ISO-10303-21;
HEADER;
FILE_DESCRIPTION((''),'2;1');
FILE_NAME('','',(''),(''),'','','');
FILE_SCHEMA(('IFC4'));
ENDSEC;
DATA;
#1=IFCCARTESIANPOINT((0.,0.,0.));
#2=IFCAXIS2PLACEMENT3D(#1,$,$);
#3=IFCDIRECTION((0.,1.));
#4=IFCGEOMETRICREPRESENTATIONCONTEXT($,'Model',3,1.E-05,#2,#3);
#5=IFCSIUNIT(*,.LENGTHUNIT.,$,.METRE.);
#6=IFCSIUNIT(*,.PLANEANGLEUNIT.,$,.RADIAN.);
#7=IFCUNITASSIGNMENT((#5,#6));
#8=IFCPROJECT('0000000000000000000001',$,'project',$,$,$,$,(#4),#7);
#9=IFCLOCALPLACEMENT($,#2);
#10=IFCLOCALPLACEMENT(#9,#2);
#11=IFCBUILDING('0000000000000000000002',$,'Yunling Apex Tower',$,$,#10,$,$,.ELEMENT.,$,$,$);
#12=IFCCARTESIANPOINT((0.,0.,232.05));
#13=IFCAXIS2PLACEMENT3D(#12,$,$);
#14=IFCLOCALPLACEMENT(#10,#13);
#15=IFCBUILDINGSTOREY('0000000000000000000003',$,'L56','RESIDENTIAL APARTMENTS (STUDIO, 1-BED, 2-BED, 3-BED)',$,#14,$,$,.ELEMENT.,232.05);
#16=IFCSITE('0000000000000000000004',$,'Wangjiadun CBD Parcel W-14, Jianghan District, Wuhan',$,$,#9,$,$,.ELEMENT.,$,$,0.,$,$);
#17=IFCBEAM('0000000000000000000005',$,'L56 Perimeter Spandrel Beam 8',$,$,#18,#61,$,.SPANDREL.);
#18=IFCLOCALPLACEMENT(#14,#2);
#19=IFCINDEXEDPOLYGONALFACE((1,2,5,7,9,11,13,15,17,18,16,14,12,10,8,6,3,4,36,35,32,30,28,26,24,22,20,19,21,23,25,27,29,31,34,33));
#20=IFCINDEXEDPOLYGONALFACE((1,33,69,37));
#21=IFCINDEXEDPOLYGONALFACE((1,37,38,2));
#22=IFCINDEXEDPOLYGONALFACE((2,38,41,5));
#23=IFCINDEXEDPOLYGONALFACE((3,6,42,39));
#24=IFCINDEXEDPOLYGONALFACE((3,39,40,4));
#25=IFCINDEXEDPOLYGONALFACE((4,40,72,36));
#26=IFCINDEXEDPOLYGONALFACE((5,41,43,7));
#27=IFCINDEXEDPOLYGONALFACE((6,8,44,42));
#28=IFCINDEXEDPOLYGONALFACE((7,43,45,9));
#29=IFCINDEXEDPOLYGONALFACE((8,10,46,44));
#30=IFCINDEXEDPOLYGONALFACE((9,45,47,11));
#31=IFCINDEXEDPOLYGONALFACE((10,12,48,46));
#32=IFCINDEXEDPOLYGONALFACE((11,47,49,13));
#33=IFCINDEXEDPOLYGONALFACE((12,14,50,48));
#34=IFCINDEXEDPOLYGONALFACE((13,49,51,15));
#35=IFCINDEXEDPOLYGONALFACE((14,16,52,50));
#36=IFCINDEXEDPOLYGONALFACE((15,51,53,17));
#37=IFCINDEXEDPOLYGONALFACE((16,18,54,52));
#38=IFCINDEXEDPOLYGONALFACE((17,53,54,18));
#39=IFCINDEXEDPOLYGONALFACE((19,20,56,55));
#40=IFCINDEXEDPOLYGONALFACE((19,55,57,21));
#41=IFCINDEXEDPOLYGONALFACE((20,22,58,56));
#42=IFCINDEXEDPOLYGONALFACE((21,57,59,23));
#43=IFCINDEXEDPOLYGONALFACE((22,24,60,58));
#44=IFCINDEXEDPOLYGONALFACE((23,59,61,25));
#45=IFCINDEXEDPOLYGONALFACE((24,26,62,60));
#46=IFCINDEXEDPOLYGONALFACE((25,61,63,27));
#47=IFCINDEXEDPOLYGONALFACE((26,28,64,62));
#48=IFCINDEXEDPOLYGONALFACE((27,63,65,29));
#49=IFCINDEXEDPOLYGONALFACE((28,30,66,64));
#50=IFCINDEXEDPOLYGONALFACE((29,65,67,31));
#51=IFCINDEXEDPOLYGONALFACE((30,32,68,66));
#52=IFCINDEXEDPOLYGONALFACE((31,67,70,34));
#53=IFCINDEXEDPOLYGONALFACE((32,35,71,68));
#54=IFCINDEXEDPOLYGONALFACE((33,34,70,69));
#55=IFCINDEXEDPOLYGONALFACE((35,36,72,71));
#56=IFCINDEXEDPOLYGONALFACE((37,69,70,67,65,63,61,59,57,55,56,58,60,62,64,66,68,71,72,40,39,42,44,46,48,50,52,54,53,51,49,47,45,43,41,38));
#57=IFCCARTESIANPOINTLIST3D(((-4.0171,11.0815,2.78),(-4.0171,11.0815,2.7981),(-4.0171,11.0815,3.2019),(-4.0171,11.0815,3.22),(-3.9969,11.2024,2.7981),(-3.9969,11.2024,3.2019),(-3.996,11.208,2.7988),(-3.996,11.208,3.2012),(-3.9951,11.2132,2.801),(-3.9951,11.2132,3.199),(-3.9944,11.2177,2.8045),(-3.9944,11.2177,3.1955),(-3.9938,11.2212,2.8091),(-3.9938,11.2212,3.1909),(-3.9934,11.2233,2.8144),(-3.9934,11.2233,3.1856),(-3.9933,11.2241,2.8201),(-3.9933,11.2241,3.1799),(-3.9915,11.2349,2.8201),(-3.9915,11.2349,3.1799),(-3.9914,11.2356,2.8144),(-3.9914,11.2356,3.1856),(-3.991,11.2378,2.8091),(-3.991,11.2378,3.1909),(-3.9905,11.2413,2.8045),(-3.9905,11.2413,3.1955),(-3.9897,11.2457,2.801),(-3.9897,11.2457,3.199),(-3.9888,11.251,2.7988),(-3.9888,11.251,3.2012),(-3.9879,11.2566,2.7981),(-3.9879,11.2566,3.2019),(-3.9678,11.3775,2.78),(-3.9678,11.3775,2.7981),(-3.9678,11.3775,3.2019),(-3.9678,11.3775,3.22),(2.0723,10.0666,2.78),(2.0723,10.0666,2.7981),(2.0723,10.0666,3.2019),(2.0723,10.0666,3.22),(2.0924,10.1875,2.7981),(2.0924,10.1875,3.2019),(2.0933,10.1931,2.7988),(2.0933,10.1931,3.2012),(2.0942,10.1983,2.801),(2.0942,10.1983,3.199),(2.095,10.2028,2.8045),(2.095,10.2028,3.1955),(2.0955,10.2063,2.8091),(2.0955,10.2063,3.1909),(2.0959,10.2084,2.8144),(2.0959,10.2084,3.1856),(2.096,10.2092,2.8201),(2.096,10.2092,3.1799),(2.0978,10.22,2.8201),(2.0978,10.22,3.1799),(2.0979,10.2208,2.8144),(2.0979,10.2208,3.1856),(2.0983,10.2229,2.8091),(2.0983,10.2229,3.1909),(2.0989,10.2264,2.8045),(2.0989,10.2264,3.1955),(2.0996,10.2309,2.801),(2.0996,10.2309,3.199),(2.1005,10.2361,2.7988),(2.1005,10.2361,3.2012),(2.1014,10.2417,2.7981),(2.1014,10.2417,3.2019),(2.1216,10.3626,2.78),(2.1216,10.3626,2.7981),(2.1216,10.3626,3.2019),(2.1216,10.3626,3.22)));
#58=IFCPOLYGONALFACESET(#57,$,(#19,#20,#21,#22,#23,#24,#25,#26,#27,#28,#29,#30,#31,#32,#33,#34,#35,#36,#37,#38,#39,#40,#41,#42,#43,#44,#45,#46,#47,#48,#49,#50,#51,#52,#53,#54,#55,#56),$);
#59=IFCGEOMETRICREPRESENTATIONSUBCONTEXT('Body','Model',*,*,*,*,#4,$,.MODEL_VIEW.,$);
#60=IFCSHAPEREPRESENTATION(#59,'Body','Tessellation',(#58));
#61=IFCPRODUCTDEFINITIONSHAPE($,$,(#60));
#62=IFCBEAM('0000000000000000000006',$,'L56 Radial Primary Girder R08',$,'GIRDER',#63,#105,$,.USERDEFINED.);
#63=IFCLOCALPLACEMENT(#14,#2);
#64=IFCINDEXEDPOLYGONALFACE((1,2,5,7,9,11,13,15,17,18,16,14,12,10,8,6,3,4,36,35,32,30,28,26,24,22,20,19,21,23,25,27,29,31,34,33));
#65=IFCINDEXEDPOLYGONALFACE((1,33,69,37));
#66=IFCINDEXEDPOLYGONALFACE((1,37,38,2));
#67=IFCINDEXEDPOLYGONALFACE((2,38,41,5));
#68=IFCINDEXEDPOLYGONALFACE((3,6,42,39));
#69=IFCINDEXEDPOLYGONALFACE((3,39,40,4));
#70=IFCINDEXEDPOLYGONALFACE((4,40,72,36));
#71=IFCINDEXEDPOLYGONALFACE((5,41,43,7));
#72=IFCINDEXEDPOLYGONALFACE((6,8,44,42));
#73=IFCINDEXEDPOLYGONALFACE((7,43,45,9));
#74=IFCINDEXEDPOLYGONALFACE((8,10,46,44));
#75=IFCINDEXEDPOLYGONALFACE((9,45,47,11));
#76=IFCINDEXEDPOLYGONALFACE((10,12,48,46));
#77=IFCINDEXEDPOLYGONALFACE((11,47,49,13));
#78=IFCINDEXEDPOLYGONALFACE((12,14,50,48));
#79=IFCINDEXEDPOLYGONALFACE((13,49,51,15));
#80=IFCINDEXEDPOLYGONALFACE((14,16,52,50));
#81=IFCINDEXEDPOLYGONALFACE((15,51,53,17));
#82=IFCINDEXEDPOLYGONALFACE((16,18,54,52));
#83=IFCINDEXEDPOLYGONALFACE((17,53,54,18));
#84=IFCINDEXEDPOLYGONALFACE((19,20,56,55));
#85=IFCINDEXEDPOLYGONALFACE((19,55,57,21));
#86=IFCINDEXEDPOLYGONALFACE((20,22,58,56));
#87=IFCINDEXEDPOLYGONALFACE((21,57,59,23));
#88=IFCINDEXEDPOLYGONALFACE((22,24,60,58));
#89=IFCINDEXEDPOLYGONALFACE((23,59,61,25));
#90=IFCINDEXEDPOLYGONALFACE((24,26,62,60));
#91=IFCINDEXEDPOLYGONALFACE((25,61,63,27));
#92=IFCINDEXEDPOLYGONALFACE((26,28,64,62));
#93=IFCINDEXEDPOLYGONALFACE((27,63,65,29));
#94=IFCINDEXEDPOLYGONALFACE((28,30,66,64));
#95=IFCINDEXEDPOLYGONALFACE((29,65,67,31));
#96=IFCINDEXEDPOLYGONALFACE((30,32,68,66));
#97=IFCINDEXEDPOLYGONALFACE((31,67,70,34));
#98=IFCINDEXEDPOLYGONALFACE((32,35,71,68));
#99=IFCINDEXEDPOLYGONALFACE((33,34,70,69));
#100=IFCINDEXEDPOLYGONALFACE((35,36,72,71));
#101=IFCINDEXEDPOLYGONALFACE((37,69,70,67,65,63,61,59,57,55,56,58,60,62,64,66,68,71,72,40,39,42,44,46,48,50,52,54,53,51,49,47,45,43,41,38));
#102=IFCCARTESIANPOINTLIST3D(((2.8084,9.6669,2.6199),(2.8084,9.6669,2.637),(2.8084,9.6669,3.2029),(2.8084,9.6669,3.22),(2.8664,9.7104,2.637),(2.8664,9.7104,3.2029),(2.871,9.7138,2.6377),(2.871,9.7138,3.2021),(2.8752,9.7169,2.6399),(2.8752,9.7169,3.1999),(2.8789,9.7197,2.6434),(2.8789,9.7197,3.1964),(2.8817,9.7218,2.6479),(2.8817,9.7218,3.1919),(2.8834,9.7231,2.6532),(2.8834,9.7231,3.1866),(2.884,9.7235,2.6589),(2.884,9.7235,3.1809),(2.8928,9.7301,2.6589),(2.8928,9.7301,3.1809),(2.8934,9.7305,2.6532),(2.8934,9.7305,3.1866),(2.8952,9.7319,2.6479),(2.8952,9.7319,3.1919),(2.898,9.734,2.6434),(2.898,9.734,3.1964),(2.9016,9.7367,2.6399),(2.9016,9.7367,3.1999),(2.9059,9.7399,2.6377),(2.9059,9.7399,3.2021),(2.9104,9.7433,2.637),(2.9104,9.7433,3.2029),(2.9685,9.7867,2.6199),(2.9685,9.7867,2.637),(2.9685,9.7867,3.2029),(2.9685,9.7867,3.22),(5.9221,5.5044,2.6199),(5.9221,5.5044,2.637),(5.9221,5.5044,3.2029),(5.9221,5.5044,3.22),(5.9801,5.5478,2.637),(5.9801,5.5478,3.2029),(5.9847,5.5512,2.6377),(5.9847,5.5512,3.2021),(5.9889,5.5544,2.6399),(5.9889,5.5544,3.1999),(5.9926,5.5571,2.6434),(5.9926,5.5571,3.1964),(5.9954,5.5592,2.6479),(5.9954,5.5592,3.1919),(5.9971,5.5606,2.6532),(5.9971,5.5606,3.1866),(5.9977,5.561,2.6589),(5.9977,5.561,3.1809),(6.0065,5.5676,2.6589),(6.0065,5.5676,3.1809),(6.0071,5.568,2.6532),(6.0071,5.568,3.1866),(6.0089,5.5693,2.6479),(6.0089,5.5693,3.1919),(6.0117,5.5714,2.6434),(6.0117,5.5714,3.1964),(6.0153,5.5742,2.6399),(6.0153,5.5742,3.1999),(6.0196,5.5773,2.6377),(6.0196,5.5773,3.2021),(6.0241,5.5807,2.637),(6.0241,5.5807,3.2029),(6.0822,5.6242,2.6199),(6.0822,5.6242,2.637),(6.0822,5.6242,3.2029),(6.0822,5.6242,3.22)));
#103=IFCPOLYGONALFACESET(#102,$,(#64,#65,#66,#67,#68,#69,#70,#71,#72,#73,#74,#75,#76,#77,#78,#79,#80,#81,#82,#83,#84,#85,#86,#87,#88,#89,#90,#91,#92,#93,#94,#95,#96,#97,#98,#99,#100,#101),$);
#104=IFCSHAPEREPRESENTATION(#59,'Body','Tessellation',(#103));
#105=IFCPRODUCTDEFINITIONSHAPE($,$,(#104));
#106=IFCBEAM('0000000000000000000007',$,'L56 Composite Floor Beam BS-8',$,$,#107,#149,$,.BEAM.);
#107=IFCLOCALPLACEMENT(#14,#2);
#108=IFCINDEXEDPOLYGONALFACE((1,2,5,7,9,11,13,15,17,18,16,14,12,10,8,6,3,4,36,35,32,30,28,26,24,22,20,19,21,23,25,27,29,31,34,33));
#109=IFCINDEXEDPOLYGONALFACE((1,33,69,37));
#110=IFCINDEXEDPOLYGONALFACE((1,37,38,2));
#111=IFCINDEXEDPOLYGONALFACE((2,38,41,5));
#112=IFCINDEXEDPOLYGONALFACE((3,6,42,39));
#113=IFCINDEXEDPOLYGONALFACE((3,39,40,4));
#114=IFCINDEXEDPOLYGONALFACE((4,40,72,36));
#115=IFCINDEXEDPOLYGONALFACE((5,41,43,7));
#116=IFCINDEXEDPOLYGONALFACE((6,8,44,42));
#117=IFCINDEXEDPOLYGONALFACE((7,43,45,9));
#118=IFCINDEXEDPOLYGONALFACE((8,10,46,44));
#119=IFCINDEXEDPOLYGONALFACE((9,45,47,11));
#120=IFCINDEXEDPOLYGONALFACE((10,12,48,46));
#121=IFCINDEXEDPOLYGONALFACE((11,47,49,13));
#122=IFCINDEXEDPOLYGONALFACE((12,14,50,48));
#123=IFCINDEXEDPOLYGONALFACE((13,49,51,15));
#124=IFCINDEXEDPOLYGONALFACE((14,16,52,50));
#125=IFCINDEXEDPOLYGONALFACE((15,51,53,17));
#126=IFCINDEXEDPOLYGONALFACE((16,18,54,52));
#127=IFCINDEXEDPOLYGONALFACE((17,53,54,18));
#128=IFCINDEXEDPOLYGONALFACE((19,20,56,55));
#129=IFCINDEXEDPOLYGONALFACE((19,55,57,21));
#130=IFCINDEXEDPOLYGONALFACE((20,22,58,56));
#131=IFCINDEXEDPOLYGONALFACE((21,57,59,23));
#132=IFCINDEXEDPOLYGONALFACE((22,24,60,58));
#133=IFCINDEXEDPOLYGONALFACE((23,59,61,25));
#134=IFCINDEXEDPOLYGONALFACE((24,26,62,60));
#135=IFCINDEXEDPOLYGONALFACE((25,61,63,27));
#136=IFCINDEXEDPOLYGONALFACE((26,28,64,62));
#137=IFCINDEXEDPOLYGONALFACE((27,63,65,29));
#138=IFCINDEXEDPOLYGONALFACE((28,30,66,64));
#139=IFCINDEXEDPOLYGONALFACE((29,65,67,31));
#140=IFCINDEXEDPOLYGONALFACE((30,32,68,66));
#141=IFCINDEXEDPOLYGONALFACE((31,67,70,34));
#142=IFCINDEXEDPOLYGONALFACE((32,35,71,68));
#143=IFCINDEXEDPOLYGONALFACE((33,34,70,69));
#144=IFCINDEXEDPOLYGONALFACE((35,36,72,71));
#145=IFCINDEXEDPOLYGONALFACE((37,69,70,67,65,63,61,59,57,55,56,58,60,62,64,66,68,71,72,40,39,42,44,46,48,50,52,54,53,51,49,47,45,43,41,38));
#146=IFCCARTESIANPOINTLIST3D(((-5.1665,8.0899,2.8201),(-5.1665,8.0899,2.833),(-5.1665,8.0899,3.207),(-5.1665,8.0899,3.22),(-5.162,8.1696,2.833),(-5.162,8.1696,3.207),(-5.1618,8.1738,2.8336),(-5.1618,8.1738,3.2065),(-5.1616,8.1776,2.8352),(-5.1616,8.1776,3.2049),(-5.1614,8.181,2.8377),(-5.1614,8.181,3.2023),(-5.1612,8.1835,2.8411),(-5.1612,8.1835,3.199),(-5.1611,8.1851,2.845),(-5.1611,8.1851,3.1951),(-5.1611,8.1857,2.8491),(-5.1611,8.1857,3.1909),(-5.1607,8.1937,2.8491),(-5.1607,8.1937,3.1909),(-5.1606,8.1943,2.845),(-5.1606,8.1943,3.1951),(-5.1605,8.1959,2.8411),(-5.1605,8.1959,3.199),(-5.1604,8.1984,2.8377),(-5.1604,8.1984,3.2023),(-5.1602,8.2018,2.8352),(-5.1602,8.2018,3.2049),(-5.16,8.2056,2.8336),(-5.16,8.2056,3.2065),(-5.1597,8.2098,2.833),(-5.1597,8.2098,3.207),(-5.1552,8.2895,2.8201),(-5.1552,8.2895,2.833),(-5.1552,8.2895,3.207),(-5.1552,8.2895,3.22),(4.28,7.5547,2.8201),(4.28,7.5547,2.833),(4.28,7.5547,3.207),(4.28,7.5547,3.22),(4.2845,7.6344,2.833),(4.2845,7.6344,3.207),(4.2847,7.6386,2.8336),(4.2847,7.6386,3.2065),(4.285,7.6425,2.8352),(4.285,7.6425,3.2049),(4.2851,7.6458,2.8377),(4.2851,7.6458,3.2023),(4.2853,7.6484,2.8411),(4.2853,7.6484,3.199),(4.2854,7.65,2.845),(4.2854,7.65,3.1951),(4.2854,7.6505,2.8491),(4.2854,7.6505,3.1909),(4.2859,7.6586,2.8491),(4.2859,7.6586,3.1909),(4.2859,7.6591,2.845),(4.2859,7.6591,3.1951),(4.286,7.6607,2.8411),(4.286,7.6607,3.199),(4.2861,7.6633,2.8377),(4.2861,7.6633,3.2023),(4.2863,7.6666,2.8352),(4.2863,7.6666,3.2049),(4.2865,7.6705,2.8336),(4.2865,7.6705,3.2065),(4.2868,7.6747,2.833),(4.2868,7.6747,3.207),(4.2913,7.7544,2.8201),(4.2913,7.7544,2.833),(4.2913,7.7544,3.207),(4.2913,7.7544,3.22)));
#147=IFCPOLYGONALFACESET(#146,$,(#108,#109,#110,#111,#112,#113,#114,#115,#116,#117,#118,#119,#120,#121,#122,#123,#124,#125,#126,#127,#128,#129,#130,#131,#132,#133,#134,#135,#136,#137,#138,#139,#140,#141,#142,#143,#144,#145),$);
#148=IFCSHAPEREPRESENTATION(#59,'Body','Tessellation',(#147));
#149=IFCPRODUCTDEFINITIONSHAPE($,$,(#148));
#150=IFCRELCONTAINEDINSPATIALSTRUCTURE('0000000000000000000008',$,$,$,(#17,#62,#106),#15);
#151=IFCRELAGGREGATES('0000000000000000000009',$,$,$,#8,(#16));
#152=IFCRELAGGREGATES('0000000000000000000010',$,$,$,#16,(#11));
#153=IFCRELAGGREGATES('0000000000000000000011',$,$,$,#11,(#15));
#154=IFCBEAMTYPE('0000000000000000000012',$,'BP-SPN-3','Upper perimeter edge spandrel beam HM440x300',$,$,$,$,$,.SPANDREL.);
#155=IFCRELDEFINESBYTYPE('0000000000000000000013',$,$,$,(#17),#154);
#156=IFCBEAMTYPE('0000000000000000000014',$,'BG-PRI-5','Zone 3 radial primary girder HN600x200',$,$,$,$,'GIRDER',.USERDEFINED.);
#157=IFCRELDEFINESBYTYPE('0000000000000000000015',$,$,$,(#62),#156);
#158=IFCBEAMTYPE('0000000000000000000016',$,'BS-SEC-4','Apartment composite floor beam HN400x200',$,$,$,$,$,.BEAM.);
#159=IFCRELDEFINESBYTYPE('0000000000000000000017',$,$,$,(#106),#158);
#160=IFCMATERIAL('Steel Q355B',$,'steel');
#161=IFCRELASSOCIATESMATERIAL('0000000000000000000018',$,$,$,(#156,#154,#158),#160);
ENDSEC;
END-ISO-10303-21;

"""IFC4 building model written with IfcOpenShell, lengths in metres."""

from ifc_helpers import new_model, si_unit, direction, frame, origin, origin_2d, place, context, subcontext, project, spatial, i_section, extrude, source, transform, mapped, material, material_profile, profile_set, type_object, element, save


model = new_model("IFC4")

# Units and contexts
model_context = context("Model", 3, precision=1e-05, world=origin(), true_north=direction((0.0, 1.0)))
body_context = subcontext(model_context, "Body", "Model", "MODEL_VIEW")
ifc_project = project(units=[si_unit("LENGTHUNIT", "METRE"), si_unit("PLANEANGLEUNIT", "RADIAN")], contexts=[model_context])

# Site, building, storey
site_placement = place(None, origin())
site = spatial("IfcSite", under=ifc_project, at=site_placement, Name="Wangjiadun CBD Parcel W-14, Jianghan District, Wuhan", CompositionType="ELEMENT", RefElevation=0.0)
building_placement = place(site_placement, origin())
building = spatial("IfcBuilding", under=site, at=building_placement, Name="Yunling Apex Tower", CompositionType="ELEMENT")
storey_placement = place(building_placement, frame((0.0, 0.0, 232.05)))
storey = spatial("IfcBuildingStorey", under=building, at=storey_placement, Name="L56", Description="RESIDENTIAL APARTMENTS (STUDIO, 1-BED, 2-BED, 3-BED)", CompositionType="ELEMENT", Elevation=232.05)

# Beams
ifc_material_1 = material(Name="Steel Q355B", Category="steel")
ifc_material_profile_1 = material_profile(ifc_material_1, i_section(OverallWidth=0.2, OverallDepth=0.6001, WebThickness=0.011, FlangeThickness=0.0171, FilletRadius=0.022, at=origin_2d()))
ifc_profile_set_1 = profile_set([ifc_material_profile_1], Name="Steel Q355B")
beam_type_1 = type_object("IfcBeamType", Name="BG-PRI-5", Description="Zone 3 radial primary girder HN600x200", ElementType="GIRDER", PredefinedType="USERDEFINED", material=ifc_profile_set_1)
ifc_material_profile_2 = material_profile(ifc_material_1, i_section(OverallWidth=0.3, OverallDepth=0.4399, WebThickness=0.011, FlangeThickness=0.0181, FilletRadius=0.022, at=origin_2d()))
ifc_profile_set_2 = profile_set([ifc_material_profile_2], Name="Steel Q355B")
beam_type_2 = type_object("IfcBeamType", Name="BP-SPN-3", Description="Upper perimeter edge spandrel beam HM440x300", PredefinedType="SPANDREL", material=ifc_profile_set_2)
shared_shape_1 = source(origin(), body_context, "Body", "SweptSolid", [
    extrude(i_section(OverallWidth=0.3, OverallDepth=0.4399, WebThickness=0.011, FlangeThickness=0.0181, FilletRadius=0.022, at=origin_2d()), origin(), (0.0, 0.0, 1.0), 6.1733),
])
beam_1_placement = place(storey_placement, frame((2.0969, 10.2146, 3.0), z_axis=(-0.986394, 0.164399, 0.0), x_axis=(-0.164399, -0.986394, 0.0)))
element("IfcBeam", 1, at=beam_1_placement, inside=storey, type_object=beam_type_2, Name="L56 Perimeter Spandrel Beam 8", PredefinedType="SPANDREL", context=body_context, shape_type="MappedRepresentation", body=[
    mapped(shared_shape_1, transform((0.0, 0.0, 0.0), scale=1.0)),
])
shared_shape_2 = source(origin(), body_context, "Body", "SweptSolid", [
    extrude(i_section(OverallWidth=0.2, OverallDepth=0.6001, WebThickness=0.011, FlangeThickness=0.0171, FilletRadius=0.022, at=origin_2d()), origin(), (0.0, 0.0, 1.0), 5.1982),
])
beam_2_placement = place(storey_placement, frame((2.8884, 9.7268, 2.9199), z_axis=(0.598993, -0.800755, 0.0), x_axis=(0.800755, 0.598993, 0.0)))
element("IfcBeam", 2, at=beam_2_placement, inside=storey, type_object=beam_type_1, Name="L56 Radial Primary Girder R08", ObjectType="GIRDER", PredefinedType="USERDEFINED", context=body_context, shape_type="MappedRepresentation", body=[
    mapped(shared_shape_2, transform((0.0, 0.0, 0.0), scale=1.0)),
])
ifc_material_profile_3 = material_profile(ifc_material_1, i_section(OverallWidth=0.2, OverallDepth=0.3999, WebThickness=0.0081, FlangeThickness=0.0129, FilletRadius=0.0161, at=origin_2d()))
ifc_profile_set_3 = profile_set([ifc_material_profile_3], Name="Steel Q355B")
beam_type_3 = type_object("IfcBeamType", Name="BS-SEC-4", Description="Apartment composite floor beam HN400x200", PredefinedType="BEAM", material=ifc_profile_set_3)
shared_shape_3 = source(origin(), body_context, "Body", "SweptSolid", [
    extrude(i_section(OverallWidth=0.2, OverallDepth=0.3999, WebThickness=0.0081, FlangeThickness=0.0129, FilletRadius=0.0161, at=origin_2d()), origin(), (0.0, 0.0, 1.0), 9.4617),
])
beam_3_placement = place(storey_placement, frame((4.2856, 7.6545, 3.02), z_axis=(-0.998399, 0.05656, 0.0), x_axis=(-0.05656, -0.998399, 0.0)))
element("IfcBeam", 3, at=beam_3_placement, inside=storey, type_object=beam_type_3, Name="L56 Composite Floor Beam BS-8", PredefinedType="BEAM", context=body_context, shape_type="MappedRepresentation", body=[
    mapped(shared_shape_3, transform((0.0, 0.0, 0.0), scale=1.0)),
])

save(model, "model.ifc")
